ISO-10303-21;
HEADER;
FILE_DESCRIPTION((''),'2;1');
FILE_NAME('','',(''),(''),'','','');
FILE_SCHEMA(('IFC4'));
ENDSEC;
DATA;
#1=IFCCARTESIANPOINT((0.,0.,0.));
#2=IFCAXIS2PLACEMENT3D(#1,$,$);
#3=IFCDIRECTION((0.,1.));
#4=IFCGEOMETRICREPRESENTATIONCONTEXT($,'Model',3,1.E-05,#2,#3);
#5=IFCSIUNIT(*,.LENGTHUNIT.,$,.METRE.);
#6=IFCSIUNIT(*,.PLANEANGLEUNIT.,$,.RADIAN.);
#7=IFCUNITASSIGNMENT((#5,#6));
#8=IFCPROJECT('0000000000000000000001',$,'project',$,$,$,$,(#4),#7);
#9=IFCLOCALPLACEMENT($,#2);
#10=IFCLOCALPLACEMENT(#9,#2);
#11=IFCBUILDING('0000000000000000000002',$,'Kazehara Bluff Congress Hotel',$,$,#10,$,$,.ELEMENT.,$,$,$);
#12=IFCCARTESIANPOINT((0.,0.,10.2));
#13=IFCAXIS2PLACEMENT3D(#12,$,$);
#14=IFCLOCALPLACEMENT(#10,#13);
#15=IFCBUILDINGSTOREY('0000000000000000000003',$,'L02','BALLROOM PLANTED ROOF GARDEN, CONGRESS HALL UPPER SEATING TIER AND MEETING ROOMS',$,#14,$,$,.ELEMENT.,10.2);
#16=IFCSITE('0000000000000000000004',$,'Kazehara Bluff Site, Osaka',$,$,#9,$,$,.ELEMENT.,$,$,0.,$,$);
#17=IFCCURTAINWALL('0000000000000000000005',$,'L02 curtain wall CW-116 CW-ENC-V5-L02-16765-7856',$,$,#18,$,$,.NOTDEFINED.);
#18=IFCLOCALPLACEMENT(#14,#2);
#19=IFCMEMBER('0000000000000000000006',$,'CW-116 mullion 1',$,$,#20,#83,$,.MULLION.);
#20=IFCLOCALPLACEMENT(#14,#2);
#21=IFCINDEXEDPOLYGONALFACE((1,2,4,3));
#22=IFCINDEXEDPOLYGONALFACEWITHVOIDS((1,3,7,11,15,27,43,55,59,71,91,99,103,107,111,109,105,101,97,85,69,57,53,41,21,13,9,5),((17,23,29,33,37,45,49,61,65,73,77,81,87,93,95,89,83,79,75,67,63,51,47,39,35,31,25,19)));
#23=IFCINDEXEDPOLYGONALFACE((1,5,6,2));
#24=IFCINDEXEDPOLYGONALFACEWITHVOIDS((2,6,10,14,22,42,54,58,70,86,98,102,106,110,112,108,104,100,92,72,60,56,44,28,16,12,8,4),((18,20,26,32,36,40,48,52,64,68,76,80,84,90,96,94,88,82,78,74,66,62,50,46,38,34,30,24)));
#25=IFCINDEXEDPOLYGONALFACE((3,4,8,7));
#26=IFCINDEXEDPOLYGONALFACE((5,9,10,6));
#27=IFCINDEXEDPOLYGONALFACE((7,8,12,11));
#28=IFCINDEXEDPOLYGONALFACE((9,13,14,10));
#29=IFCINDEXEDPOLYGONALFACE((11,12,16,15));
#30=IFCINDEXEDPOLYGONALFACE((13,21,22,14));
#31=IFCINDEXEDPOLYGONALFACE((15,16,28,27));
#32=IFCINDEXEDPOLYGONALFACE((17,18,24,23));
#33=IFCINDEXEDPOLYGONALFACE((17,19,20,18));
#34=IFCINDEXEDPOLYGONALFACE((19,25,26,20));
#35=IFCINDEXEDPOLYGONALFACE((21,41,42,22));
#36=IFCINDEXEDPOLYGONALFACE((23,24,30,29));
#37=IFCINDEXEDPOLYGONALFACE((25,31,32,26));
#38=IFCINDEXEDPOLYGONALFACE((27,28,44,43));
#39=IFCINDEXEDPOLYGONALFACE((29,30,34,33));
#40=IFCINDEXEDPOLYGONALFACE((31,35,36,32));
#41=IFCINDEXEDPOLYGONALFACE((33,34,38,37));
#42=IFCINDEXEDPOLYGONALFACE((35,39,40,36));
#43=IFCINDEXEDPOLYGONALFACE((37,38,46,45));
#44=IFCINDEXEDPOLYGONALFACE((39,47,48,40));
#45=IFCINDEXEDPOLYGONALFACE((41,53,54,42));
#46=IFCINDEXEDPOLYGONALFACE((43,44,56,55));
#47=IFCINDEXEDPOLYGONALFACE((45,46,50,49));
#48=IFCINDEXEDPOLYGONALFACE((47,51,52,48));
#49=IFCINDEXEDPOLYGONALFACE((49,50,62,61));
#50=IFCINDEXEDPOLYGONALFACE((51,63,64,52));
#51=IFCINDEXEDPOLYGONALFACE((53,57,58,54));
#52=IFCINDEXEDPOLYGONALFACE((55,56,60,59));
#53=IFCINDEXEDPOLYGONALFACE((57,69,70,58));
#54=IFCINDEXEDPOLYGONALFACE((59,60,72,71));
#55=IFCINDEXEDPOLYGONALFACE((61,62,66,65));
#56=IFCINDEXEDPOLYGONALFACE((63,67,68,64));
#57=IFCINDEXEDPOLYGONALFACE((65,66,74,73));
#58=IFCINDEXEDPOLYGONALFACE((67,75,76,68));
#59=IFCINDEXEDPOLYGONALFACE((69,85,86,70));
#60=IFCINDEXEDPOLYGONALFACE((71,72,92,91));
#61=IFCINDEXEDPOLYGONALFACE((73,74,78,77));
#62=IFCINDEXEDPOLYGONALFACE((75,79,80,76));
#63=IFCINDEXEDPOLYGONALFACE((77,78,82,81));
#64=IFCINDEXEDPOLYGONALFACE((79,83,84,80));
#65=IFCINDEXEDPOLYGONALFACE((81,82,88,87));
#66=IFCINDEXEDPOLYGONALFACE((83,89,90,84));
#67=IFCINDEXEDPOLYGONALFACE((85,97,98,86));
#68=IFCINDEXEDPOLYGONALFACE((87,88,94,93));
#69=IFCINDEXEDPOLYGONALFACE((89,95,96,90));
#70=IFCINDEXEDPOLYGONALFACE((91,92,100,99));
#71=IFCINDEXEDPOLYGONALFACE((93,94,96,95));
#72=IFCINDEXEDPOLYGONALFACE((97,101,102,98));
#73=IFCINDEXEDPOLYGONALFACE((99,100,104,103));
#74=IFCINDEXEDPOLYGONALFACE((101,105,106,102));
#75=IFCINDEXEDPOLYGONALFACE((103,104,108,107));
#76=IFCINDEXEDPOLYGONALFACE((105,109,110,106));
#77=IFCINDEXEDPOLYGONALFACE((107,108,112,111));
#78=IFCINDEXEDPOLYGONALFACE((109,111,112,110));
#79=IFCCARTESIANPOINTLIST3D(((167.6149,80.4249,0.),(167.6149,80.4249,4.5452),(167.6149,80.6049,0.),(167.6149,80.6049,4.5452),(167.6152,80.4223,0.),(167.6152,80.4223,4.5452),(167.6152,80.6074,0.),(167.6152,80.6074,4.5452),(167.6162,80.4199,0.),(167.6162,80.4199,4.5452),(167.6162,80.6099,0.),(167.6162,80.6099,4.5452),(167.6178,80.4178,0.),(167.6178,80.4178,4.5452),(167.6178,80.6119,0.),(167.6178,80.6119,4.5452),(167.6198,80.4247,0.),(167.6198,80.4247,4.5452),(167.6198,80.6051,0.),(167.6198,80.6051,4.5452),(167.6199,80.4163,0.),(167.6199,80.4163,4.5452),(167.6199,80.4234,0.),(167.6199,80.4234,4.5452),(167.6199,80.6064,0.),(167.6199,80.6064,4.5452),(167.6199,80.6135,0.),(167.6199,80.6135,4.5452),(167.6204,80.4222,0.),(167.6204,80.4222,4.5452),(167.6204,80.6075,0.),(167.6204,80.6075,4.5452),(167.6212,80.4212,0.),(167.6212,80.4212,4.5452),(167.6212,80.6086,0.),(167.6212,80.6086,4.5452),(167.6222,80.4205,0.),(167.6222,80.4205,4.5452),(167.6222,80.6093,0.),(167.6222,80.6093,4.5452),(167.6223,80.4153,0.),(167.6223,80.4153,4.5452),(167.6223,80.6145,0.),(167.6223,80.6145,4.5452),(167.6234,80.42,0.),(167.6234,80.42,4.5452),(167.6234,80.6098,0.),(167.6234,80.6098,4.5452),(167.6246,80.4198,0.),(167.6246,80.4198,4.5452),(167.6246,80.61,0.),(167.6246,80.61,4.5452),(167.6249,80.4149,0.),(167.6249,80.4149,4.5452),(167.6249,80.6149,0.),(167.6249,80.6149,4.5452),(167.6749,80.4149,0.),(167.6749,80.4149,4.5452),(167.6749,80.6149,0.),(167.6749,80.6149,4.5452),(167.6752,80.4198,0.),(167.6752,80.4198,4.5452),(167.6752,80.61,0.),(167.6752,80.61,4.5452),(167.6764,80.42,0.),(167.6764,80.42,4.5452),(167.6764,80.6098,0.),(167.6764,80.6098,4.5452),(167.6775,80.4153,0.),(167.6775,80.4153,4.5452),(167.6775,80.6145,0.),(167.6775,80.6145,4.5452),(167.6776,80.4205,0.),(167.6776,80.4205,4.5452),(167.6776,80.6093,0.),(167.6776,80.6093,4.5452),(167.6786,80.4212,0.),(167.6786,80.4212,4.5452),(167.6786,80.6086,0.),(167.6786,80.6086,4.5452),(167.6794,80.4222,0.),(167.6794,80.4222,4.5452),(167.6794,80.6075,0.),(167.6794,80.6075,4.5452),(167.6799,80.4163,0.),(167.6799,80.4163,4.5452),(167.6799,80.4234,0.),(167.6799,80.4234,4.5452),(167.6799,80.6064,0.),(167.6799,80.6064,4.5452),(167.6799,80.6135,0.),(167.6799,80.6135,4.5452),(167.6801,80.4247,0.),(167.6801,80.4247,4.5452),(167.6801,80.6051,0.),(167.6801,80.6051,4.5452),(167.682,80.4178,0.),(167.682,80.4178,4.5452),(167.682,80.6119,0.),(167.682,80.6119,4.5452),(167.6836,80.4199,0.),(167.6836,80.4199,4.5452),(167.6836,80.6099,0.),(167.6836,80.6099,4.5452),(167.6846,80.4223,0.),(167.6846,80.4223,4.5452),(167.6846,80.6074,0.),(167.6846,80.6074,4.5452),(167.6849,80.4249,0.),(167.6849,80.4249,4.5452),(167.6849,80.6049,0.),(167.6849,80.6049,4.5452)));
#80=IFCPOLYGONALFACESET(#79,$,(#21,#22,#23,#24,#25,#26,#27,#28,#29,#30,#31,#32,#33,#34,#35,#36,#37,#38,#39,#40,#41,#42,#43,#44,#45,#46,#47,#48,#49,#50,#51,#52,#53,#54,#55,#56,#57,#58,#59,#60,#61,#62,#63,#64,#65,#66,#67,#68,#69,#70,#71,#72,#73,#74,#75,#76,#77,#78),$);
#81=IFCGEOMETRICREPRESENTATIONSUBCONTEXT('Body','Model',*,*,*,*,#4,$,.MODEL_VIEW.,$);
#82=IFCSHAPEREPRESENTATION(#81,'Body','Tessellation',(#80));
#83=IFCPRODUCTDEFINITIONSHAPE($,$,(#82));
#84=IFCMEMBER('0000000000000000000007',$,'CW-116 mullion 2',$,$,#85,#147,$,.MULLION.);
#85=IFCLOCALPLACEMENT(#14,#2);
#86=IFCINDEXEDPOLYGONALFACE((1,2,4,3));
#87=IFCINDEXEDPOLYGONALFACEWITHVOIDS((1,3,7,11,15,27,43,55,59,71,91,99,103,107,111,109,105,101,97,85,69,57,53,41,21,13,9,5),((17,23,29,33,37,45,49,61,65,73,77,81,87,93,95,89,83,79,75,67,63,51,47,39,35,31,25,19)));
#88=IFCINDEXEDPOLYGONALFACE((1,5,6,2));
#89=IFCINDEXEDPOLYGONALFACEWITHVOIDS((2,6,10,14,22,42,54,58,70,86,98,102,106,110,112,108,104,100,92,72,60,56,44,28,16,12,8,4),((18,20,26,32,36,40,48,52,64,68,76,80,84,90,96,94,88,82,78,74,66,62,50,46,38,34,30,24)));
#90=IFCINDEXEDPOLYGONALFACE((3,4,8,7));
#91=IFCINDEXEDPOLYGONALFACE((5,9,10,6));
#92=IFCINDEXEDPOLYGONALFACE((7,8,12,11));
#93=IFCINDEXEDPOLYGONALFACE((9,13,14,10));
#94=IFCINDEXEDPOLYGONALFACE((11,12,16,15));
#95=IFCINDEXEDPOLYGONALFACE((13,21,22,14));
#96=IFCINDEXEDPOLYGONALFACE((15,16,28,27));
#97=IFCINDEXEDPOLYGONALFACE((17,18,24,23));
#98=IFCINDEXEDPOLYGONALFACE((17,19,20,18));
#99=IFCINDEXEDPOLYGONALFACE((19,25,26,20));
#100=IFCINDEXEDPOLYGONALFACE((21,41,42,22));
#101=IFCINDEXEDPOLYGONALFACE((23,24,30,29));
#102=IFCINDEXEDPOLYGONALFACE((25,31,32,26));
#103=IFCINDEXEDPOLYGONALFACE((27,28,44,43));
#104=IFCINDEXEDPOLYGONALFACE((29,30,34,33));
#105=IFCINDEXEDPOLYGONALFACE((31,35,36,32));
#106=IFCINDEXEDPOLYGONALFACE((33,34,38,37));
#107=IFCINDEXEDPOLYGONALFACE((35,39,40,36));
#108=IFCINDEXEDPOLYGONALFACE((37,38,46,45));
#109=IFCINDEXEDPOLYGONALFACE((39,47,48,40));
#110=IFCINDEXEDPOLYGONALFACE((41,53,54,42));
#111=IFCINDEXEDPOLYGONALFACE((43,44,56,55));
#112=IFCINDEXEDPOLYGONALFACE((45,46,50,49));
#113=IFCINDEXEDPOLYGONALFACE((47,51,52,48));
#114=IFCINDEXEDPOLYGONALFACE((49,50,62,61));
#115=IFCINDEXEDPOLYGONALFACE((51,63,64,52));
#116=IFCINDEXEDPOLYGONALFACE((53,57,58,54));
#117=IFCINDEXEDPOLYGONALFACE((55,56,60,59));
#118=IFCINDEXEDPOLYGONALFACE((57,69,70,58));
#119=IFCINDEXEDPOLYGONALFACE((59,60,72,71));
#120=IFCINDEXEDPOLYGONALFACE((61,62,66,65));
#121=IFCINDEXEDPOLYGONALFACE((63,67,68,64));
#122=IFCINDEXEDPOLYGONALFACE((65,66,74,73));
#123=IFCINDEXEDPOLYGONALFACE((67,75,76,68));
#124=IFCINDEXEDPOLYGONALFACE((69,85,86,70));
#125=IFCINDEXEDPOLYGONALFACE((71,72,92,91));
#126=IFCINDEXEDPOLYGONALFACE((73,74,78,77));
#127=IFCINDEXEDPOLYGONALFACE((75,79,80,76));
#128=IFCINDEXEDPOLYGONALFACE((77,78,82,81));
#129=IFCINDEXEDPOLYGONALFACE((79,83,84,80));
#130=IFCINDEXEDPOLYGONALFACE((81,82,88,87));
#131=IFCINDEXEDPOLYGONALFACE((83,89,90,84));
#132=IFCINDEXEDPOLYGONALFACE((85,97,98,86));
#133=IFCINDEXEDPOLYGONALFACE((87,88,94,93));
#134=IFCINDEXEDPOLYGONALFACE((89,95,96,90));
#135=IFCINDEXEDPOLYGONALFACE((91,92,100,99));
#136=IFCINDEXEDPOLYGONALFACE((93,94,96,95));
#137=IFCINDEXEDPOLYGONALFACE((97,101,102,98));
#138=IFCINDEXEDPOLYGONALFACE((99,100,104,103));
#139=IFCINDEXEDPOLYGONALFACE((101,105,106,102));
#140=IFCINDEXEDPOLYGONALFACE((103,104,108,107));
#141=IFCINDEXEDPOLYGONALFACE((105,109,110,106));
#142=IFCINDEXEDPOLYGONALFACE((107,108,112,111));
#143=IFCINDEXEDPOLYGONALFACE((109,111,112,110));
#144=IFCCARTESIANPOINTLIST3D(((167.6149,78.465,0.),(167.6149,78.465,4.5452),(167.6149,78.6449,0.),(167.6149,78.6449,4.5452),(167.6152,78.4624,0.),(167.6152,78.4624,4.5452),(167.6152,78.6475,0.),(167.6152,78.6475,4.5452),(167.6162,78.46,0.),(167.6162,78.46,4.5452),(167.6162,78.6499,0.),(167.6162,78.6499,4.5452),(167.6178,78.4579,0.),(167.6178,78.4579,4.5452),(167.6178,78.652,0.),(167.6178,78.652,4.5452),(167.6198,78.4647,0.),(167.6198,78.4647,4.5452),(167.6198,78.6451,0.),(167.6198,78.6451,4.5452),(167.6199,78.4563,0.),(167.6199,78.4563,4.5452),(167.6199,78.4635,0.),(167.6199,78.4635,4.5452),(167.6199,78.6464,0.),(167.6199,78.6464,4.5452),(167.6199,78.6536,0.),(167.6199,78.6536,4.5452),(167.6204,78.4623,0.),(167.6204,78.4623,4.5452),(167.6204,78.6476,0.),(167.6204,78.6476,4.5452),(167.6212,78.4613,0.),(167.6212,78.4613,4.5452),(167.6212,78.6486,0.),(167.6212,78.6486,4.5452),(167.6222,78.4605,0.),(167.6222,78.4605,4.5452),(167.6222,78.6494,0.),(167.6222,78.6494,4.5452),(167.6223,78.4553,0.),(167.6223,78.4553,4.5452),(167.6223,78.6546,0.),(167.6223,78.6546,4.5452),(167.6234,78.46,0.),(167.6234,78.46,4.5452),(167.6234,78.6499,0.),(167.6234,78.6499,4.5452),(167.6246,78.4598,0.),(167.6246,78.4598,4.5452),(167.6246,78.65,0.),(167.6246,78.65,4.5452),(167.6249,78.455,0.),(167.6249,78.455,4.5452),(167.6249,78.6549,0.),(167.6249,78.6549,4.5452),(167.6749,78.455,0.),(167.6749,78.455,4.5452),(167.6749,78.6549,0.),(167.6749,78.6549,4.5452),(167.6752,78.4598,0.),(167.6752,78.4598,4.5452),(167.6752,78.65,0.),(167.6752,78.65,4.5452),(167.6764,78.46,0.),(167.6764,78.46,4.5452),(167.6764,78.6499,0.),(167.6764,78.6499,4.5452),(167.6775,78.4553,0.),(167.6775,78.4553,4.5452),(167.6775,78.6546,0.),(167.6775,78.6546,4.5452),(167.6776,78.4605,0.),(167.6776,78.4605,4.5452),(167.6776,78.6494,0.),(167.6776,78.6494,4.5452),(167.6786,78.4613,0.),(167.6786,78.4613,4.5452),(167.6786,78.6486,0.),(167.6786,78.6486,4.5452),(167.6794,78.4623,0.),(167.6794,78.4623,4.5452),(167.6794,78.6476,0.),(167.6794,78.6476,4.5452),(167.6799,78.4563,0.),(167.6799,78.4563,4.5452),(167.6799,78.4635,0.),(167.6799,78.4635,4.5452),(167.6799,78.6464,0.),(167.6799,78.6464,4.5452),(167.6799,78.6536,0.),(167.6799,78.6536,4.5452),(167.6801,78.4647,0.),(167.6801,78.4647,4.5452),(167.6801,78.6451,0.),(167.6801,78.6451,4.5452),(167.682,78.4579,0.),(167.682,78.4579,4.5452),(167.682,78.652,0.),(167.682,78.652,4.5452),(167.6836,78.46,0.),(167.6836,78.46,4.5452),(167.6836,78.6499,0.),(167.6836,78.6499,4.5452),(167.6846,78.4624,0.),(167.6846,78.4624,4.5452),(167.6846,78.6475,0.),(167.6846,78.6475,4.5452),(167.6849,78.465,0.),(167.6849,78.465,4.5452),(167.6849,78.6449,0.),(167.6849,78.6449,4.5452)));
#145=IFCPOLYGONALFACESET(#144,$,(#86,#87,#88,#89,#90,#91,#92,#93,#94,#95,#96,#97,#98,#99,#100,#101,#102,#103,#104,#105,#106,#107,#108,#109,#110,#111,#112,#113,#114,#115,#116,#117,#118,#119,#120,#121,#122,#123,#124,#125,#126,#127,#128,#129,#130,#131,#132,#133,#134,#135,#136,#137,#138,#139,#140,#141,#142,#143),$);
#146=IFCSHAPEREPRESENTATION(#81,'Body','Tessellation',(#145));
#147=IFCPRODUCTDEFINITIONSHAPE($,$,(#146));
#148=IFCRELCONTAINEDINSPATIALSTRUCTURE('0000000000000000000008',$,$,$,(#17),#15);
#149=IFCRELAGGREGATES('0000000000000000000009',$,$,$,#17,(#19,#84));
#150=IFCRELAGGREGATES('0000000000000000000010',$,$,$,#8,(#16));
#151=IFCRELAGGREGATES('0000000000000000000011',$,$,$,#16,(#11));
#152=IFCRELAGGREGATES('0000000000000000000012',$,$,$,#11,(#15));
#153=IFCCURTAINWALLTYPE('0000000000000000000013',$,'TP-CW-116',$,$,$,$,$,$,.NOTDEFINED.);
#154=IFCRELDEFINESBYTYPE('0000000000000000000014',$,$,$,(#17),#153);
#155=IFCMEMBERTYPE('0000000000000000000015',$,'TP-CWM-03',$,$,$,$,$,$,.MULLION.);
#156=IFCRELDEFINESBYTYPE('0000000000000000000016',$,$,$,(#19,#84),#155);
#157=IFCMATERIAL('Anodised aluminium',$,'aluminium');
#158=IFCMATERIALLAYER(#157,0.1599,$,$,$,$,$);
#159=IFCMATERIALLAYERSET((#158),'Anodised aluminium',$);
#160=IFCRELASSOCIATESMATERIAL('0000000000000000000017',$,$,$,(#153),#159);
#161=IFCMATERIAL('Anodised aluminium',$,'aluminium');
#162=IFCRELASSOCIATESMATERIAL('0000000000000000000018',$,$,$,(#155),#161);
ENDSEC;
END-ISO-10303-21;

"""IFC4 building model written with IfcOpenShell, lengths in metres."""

from ifc_helpers import new_model, si_unit, direction, frame, origin, origin_2d, place, context, subcontext, project, spatial, hollow_rectangle, extrude, material, layer, layer_set, material_profile, profile_set, type_object, element, aggregate, save


model = new_model("IFC4")

# Units and contexts
model_context = context("Model", 3, precision=1e-05, world=origin(), true_north=direction((0.0, 1.0)))
body_context = subcontext(model_context, "Body", "Model", "MODEL_VIEW")
ifc_project = project(units=[si_unit("LENGTHUNIT", "METRE"), si_unit("PLANEANGLEUNIT", "RADIAN")], contexts=[model_context])

# Site, building, storey
site_placement = place(None, origin())
site = spatial("IfcSite", under=ifc_project, at=site_placement, Name="Kazehara Bluff Site, Osaka", CompositionType="ELEMENT", RefElevation=0.0)
building_placement = place(site_placement, origin())
building = spatial("IfcBuilding", under=site, at=building_placement, Name="Kazehara Bluff Congress Hotel", CompositionType="ELEMENT")
storey_placement = place(building_placement, frame((0.0, 0.0, 10.2)))
storey = spatial("IfcBuildingStorey", under=building, at=storey_placement, Name="L02", Description="BALLROOM PLANTED ROOF GARDEN, CONGRESS HALL UPPER SEATING TIER AND MEETING ROOMS", CompositionType="ELEMENT", Elevation=10.2)

# Curtain wall, members
ifc_material_1 = material(Name="Anodised aluminium", Category="aluminium")
ifc_layer_1 = layer(ifc_material_1, 0.1599)
ifc_layer_set_1 = layer_set([ifc_layer_1], Name="Anodised aluminium")
curtain_wall_type = type_object("IfcCurtainWallType", Name="TP-CW-116", PredefinedType="NOTDEFINED", material=ifc_layer_set_1)
curtain_wall_placement = place(storey_placement, origin())
curtain_wall = element("IfcCurtainWall", 1, at=curtain_wall_placement, inside=storey, type_object=curtain_wall_type, Name="L02 curtain wall CW-116 CW-ENC-V5-L02-16765-7856", PredefinedType="NOTDEFINED")
ifc_material_2 = material(Name="Anodised aluminium", Category="aluminium")
ifc_material_profile_1 = material_profile(ifc_material_2, hollow_rectangle(XDim=0.0701, YDim=0.2, WallThickness=0.0049, InnerFilletRadius=0.0049, OuterFilletRadius=0.01, at=origin_2d()))
ifc_profile_set_1 = profile_set([ifc_material_profile_1], Name="Anodised aluminium")
member_type_1 = type_object("IfcMemberType", Name="TP-CWM-03", PredefinedType="MULLION", material=ifc_profile_set_1)
member_1_placement = place(storey_placement, frame((167.6499, 80.5149, 0.0), z_axis=(0.0, 0.0, 1.0), x_axis=(1.0, 0.0, 0.0)))
member_1 = element("IfcMember", 2, at=member_1_placement, type_object=member_type_1, Name="CW-116 mullion 1", PredefinedType="MULLION", context=body_context, shape_type="SweptSolid", body=[
    extrude(hollow_rectangle(XDim=0.0701, YDim=0.2, WallThickness=0.0049, InnerFilletRadius=0.0049, OuterFilletRadius=0.01, at=origin_2d()), origin(), (0.0, 0.0, 1.0), 4.5452),
])
member_2_placement = place(storey_placement, frame((167.6499, 78.5549, 0.0), z_axis=(0.0, 0.0, 1.0), x_axis=(1.0, 0.0, 0.0)))
member_2 = element("IfcMember", 3, at=member_2_placement, type_object=member_type_1, Name="CW-116 mullion 2", PredefinedType="MULLION", context=body_context, shape_type="SweptSolid", body=[
    extrude(hollow_rectangle(XDim=0.0701, YDim=0.2, WallThickness=0.0049, InnerFilletRadius=0.0049, OuterFilletRadius=0.01, at=origin_2d()), origin(), (0.0, 0.0, 1.0), 4.5452),
])

aggregate(curtain_wall, [member_1, member_2])

save(model, "model.ifc")
